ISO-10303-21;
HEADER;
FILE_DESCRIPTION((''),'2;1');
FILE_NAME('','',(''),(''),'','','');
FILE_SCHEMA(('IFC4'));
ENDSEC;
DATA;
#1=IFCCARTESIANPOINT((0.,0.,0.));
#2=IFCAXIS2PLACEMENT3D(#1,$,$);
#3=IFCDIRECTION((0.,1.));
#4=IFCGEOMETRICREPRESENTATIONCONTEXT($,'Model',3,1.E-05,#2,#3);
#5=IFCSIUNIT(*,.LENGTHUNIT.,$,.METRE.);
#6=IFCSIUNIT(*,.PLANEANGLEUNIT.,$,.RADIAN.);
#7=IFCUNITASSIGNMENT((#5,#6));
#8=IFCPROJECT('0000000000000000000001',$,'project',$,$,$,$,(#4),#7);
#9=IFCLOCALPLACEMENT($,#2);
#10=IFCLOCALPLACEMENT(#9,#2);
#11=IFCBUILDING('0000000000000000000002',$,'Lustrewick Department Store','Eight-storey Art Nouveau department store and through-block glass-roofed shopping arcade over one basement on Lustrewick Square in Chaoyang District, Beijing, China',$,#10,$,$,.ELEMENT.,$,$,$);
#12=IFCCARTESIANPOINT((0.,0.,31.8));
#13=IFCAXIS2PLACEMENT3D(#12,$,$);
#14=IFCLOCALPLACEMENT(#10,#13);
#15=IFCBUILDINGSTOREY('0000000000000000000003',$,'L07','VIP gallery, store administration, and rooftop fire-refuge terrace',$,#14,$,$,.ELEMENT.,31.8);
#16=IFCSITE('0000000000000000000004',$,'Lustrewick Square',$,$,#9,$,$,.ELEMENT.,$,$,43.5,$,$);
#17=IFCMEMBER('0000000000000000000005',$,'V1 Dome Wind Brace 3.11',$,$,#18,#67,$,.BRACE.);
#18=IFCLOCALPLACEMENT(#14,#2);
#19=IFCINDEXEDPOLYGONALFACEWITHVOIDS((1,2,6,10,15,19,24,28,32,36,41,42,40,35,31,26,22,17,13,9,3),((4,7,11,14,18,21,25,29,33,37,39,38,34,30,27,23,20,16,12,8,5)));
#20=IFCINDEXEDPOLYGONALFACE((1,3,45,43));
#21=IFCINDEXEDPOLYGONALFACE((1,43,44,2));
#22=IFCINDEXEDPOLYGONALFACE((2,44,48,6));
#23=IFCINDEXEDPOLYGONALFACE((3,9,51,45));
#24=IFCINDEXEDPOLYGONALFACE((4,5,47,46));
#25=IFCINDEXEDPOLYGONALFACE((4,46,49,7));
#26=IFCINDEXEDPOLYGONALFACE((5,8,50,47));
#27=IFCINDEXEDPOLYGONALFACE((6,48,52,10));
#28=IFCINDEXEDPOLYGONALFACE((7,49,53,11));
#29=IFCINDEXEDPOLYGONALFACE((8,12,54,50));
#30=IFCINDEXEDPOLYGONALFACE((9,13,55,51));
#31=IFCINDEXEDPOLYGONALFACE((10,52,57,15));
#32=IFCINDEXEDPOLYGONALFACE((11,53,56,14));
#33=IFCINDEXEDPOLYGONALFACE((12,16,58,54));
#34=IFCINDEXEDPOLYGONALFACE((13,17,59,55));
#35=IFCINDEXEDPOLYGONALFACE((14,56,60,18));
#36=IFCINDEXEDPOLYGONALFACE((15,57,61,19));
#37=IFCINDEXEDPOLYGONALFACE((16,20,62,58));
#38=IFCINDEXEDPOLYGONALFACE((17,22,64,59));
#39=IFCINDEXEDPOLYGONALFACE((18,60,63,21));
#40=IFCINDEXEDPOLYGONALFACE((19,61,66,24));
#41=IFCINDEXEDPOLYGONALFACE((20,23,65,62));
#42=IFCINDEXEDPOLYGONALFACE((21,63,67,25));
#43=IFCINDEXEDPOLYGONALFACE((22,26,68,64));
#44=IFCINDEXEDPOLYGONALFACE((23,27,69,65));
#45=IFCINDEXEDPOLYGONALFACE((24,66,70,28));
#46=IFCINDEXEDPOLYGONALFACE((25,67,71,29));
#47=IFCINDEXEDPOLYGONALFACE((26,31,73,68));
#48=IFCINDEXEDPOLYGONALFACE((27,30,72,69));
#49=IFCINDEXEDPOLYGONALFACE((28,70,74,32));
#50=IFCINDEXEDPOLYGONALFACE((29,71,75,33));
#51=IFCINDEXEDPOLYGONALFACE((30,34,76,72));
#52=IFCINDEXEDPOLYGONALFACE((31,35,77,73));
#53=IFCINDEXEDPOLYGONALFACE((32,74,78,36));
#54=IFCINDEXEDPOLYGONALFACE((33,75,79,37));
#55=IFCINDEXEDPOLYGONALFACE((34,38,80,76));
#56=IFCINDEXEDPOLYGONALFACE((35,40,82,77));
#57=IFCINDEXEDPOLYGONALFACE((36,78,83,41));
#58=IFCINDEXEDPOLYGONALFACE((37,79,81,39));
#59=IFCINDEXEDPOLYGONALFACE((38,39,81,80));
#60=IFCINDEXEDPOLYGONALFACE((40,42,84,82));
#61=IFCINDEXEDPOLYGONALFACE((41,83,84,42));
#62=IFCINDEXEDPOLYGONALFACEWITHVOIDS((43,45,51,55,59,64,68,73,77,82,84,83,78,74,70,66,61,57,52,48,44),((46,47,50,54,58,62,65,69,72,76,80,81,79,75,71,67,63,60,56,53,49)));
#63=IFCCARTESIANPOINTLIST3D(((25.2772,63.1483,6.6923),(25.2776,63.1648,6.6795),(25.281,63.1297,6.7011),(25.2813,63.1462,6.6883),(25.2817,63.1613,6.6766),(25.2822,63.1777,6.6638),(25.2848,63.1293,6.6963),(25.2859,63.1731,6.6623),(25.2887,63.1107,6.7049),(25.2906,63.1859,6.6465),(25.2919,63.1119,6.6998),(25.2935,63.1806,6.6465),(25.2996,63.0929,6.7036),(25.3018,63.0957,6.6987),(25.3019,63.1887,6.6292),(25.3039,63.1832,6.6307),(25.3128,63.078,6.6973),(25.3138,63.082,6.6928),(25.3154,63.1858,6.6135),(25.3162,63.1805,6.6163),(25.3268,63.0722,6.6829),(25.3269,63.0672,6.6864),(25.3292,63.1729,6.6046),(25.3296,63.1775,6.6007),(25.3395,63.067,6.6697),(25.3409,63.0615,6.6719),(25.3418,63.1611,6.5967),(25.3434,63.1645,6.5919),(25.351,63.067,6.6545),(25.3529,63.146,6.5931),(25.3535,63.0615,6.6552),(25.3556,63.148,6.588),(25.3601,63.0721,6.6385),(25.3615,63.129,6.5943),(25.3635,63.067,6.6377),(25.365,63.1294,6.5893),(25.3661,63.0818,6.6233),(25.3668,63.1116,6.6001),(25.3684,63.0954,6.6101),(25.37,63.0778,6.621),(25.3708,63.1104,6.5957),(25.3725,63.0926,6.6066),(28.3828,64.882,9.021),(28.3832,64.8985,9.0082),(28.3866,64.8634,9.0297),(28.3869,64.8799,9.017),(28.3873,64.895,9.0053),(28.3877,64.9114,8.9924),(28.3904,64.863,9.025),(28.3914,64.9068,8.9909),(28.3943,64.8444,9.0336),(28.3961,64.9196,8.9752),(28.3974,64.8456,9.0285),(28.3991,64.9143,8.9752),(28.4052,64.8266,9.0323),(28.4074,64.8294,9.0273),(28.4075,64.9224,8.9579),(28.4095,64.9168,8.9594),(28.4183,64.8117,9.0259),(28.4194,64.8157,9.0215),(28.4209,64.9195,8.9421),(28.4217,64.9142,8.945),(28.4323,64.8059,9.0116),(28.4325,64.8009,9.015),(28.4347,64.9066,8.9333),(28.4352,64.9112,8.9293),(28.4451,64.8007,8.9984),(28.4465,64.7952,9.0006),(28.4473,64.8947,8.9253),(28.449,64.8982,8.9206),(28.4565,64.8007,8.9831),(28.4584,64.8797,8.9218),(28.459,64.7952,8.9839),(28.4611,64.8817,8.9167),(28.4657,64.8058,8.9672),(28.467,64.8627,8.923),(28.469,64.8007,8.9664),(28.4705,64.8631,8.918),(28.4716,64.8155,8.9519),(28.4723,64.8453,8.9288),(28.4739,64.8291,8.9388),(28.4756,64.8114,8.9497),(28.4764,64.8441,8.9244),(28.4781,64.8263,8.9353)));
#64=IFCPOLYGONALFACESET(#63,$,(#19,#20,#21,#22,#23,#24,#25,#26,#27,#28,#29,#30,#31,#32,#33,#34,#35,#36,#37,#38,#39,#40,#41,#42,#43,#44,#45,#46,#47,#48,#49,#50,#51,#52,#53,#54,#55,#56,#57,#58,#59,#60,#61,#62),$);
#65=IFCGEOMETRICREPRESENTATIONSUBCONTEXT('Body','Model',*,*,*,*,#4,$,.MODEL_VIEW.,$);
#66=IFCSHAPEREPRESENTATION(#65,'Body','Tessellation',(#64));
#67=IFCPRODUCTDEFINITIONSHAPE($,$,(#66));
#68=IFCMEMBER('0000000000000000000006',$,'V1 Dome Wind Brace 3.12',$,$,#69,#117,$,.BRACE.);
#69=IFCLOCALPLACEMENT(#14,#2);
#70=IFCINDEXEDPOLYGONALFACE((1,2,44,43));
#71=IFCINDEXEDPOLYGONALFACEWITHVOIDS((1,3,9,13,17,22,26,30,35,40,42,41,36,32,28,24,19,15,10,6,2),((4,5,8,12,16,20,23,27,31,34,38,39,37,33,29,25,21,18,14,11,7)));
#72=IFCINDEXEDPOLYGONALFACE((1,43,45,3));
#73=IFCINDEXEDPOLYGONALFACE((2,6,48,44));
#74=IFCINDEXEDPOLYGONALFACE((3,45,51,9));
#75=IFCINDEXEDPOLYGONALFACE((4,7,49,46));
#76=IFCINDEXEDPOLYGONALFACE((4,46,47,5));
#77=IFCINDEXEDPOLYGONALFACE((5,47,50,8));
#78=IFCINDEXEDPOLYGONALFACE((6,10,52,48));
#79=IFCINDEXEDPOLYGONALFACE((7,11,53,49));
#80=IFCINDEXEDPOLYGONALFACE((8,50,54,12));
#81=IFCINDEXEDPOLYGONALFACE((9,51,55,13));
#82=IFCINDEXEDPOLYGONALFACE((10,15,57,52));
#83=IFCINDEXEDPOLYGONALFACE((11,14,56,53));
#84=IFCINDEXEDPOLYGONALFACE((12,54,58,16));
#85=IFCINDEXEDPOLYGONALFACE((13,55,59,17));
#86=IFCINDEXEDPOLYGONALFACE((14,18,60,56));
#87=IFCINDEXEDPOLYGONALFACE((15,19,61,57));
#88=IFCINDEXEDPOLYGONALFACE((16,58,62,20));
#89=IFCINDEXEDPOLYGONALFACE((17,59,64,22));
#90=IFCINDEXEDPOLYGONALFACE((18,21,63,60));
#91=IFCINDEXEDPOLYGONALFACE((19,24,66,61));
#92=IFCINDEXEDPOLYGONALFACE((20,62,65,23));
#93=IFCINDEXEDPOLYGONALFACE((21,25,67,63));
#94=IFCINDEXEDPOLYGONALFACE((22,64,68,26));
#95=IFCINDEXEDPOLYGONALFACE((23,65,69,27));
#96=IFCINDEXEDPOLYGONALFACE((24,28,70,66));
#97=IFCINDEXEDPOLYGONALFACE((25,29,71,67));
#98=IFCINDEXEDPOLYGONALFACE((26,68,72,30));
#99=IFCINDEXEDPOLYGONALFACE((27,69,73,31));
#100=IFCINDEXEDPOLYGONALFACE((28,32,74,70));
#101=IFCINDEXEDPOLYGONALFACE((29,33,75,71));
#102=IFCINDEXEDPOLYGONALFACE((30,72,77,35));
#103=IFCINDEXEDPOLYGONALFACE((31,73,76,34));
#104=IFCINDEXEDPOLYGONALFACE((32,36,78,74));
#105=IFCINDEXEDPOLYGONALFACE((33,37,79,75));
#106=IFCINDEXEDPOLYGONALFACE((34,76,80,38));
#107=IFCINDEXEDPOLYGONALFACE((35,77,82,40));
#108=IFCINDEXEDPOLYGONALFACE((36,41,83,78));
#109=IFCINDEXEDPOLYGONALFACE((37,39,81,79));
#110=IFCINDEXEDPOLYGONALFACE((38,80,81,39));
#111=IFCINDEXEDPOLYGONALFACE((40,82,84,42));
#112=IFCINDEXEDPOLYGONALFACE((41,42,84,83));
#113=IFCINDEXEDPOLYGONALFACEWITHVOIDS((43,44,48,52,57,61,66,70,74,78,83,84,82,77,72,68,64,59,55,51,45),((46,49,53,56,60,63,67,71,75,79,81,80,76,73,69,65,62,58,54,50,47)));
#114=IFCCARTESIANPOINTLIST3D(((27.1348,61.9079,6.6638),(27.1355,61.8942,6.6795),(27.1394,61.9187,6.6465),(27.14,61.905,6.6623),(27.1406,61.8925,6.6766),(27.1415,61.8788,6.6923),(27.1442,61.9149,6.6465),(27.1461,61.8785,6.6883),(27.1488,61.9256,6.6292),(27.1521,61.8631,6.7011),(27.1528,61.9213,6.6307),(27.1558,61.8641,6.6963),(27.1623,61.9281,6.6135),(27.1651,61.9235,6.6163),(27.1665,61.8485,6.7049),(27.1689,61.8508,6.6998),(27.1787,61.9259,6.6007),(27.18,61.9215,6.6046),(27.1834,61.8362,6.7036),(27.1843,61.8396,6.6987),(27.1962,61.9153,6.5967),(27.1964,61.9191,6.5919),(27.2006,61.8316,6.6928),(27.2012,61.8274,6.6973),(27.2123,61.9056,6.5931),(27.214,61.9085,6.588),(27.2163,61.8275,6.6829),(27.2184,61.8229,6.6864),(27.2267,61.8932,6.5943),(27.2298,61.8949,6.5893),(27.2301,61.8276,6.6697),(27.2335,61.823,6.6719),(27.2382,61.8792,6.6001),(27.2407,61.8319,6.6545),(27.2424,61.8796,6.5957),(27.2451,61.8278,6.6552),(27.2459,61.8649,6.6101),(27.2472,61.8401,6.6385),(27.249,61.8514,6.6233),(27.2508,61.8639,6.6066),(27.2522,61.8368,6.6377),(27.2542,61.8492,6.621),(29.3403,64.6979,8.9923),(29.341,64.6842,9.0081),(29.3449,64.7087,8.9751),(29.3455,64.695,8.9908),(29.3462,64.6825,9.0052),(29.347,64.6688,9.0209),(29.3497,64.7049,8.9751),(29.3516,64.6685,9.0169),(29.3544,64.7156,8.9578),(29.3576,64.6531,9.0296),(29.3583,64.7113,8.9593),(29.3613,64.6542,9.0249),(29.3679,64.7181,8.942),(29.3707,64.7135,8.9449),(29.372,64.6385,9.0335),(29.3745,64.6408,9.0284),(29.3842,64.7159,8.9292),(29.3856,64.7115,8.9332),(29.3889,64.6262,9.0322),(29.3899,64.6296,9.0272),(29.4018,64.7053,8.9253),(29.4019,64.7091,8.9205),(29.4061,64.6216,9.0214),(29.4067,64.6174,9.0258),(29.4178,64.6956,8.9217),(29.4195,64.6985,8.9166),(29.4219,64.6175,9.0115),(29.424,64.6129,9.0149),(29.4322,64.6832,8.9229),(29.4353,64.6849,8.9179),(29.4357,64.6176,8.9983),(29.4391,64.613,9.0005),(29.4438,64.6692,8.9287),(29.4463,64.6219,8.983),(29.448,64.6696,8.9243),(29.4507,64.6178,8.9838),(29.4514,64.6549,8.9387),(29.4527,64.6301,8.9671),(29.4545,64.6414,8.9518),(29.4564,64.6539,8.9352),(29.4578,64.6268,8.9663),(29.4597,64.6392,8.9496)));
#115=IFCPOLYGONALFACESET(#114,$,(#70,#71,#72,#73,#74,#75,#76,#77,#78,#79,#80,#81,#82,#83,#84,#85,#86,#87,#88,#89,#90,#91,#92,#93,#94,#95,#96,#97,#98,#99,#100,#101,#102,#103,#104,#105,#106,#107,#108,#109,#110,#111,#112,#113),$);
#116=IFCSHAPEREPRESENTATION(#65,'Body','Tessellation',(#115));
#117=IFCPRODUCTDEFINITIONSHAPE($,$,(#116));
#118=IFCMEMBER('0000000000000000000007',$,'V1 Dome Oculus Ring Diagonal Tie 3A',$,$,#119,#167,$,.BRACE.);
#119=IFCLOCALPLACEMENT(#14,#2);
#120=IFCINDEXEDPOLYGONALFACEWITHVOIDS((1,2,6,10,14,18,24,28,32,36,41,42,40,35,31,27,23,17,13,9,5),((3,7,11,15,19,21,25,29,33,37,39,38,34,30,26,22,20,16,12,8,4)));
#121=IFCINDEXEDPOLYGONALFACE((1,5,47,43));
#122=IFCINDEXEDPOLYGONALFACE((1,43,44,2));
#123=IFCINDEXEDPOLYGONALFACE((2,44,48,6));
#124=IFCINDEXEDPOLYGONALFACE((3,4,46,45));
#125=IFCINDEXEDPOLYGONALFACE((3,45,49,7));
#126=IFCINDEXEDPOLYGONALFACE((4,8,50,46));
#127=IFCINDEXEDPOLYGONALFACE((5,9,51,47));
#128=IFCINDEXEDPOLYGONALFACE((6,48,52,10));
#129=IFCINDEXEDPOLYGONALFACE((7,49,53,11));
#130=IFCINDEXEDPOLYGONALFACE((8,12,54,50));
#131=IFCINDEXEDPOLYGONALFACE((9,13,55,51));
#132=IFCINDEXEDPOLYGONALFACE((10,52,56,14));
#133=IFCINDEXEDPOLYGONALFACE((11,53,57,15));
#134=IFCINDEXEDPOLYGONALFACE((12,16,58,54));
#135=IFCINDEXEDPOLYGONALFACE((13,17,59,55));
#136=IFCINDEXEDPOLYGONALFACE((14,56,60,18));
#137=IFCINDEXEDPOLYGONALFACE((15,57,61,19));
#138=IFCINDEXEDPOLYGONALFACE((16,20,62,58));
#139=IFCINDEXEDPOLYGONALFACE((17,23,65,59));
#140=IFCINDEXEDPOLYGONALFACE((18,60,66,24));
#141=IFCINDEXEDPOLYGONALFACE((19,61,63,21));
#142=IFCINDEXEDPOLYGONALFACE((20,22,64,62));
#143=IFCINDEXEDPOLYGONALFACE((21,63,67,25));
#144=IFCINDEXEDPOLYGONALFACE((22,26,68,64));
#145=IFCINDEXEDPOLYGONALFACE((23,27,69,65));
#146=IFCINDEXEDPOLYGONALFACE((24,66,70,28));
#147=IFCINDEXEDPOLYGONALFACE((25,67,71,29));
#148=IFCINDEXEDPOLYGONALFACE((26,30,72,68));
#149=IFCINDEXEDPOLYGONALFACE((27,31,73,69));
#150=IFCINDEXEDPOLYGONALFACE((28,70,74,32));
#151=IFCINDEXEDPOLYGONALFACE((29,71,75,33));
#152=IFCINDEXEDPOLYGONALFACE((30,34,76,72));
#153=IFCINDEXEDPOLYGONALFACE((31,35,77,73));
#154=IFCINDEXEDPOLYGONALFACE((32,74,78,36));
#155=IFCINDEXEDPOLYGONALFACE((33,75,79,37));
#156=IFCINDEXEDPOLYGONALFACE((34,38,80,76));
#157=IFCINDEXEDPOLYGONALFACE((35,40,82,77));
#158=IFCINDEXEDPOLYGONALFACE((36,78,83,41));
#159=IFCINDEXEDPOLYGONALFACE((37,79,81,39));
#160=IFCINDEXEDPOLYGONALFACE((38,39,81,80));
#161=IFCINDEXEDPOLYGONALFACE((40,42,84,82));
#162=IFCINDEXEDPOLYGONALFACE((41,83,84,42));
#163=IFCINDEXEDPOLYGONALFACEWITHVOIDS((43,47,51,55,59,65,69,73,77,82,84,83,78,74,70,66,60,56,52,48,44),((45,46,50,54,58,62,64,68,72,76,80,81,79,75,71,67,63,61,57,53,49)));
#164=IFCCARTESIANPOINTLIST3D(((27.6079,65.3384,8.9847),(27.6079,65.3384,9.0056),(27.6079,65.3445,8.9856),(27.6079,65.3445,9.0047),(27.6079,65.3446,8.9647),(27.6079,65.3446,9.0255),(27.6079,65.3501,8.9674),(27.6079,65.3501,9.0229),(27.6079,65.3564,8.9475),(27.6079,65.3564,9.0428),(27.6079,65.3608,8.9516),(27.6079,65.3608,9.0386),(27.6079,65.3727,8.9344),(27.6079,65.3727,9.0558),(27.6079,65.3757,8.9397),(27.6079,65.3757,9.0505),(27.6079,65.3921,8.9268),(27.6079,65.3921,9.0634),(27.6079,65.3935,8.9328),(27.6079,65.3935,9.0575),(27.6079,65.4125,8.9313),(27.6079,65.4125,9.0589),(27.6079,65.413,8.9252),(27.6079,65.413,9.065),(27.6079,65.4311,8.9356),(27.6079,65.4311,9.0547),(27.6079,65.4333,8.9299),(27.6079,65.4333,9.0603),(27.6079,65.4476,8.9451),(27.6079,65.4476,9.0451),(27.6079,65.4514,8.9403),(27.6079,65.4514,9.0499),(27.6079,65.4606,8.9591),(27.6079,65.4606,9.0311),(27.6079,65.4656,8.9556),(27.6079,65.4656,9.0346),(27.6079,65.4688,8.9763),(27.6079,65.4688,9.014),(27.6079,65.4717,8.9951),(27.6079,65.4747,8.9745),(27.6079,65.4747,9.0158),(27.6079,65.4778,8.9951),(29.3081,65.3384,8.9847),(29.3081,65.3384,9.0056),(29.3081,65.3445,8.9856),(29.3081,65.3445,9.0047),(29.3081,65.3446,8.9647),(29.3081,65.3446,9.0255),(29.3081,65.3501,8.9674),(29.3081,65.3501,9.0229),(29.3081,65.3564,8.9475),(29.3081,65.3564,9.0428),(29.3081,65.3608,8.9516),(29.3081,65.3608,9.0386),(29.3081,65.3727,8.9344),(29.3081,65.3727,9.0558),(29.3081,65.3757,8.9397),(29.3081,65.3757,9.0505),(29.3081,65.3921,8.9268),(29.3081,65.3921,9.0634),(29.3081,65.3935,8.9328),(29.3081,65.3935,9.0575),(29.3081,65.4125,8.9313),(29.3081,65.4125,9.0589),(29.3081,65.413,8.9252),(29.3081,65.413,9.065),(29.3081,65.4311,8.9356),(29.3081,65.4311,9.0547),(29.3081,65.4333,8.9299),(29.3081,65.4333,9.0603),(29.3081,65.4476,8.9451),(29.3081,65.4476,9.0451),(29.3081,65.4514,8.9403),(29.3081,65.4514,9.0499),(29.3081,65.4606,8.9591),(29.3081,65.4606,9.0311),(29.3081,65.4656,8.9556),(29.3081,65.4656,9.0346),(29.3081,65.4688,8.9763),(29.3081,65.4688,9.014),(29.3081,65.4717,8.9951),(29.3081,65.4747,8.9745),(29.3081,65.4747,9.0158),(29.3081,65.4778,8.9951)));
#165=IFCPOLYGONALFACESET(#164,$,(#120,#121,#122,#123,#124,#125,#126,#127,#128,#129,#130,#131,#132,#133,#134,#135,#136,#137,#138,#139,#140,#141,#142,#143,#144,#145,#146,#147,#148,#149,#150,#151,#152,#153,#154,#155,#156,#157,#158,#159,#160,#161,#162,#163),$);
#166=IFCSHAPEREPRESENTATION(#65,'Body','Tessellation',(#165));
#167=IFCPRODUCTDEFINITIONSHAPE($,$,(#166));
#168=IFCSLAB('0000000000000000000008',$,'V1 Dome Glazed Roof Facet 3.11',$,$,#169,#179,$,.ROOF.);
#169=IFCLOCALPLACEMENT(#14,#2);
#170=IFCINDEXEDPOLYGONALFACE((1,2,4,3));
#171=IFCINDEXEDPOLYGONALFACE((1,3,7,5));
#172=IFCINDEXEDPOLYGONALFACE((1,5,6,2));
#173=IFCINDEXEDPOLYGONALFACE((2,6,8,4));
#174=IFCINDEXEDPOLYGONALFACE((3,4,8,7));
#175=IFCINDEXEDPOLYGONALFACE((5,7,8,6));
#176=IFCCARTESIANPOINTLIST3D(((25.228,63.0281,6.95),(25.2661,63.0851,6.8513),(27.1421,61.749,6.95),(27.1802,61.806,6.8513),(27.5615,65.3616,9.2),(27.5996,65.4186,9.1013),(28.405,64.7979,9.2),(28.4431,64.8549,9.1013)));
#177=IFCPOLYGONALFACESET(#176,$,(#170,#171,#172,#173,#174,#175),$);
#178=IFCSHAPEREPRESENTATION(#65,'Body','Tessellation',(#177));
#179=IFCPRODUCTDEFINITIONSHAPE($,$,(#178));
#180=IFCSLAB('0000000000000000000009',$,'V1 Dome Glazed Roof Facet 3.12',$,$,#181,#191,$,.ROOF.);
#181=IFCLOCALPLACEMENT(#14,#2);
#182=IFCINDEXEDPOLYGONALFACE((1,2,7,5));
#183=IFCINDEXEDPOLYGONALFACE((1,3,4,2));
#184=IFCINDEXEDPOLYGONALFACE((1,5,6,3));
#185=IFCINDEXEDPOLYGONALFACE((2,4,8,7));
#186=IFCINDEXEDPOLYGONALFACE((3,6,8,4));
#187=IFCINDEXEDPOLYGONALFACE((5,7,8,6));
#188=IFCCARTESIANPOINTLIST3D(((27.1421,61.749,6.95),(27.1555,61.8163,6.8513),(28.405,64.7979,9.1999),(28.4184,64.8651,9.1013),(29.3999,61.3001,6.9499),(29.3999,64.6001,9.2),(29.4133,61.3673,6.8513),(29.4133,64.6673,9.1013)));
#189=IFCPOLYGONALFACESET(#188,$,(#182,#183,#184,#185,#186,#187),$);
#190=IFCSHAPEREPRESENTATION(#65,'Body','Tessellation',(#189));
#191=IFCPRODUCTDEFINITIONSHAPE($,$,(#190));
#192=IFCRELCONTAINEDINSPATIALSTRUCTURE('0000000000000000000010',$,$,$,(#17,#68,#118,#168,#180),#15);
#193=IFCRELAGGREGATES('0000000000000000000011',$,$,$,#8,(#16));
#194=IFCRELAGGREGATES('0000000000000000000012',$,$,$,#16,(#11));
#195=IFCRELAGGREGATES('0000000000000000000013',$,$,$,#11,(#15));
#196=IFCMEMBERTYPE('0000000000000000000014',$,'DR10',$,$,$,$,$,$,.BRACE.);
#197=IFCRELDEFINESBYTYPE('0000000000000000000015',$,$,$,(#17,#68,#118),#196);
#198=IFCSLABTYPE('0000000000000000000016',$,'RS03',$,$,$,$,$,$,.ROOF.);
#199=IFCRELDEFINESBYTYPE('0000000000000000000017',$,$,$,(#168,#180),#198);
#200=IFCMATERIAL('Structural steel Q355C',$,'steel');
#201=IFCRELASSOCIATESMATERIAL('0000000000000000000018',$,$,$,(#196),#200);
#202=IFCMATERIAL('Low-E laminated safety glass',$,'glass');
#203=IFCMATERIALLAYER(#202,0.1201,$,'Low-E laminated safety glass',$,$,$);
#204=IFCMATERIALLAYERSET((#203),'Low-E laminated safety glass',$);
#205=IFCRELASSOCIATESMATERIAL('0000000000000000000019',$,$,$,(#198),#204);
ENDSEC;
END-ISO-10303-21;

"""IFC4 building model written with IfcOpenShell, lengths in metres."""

from ifc_helpers import new_model, si_unit, direction, frame, origin, origin_2d, place, context, subcontext, project, spatial, polyline, hollow_circle, outline, extrude, material, layer, layer_set, material_profile, profile_set, type_object, element, save


model = new_model("IFC4")

# Units and contexts
model_context = context("Model", 3, precision=1e-05, world=origin(), true_north=direction((0.0, 1.0)))
body_context = subcontext(model_context, "Body", "Model", "MODEL_VIEW")
ifc_project = project(units=[si_unit("LENGTHUNIT", "METRE"), si_unit("PLANEANGLEUNIT", "RADIAN")], contexts=[model_context])

# Site, building, storey
site_placement = place(None, origin())
site = spatial("IfcSite", under=ifc_project, at=site_placement, Name="Lustrewick Square", CompositionType="ELEMENT", RefElevation=43.5)
building_placement = place(site_placement, origin())
building = spatial("IfcBuilding", under=site, at=building_placement, Name="Lustrewick Department Store", Description="Eight-storey Art Nouveau department store and through-block glass-roofed shopping arcade over one basement on Lustrewick Square in Chaoyang District, Beijing, China", CompositionType="ELEMENT")
storey_placement = place(building_placement, frame((0.0, 0.0, 31.8)))
storey = spatial("IfcBuildingStorey", under=building, at=storey_placement, Name="L07", Description="VIP gallery, store administration, and rooftop fire-refuge terrace", CompositionType="ELEMENT", Elevation=31.8)

# Members
ifc_material_1 = material(Name="Structural steel Q355C", Category="steel")
ifc_material_profile_1 = material_profile(ifc_material_1, hollow_circle(Radius=0.0701, WallThickness=0.0061, at=origin_2d()), Name="CHS 140x6")
ifc_profile_set_1 = profile_set([ifc_material_profile_1], Name="Structural steel Q355C")
member_type_1 = type_object("IfcMemberType", Name="DR10", PredefinedType="BRACE", material=ifc_profile_set_1)
member_1_placement = place(storey_placement, frame((25.3247, 63.1248, 6.6465), z_axis=(0.730509, 0.40781, 0.547767), x_axis=(-0.487443, 0.873155, 0.0)))
element("IfcMember", 1, at=member_1_placement, inside=storey, type_object=member_type_1, Name="V1 Dome Wind Brace 3.11", PredefinedType="BRACE", context=body_context, shape_type="SweptSolid", body=[
    extrude(hollow_circle(Radius=0.0701, WallThickness=0.0061, at=origin_2d()), origin(), (0.0, 0.0, 1.0), 4.2512),
])
member_2_placement = place(storey_placement, frame((27.1943, 61.8752, 6.6465), z_axis=(0.518831, 0.65632, 0.547776), x_axis=(-0.784485, 0.620147, 0.0)))
element("IfcMember", 2, at=member_2_placement, inside=storey, type_object=member_type_1, Name="V1 Dome Wind Brace 3.12", PredefinedType="BRACE", context=body_context, shape_type="SweptSolid", body=[
    extrude(hollow_circle(Radius=0.0701, WallThickness=0.0061, at=origin_2d()), origin(), (0.0, 0.0, 1.0), 4.251),
])
member_3_placement = place(storey_placement, frame((27.6079, 65.4077, 8.9951), z_axis=(1.0, 0.0, 0.0), x_axis=(0.0, 1.0, 0.0)))
element("IfcMember", 3, at=member_3_placement, inside=storey, type_object=member_type_1, Name="V1 Dome Oculus Ring Diagonal Tie 3A", PredefinedType="BRACE", context=body_context, shape_type="SweptSolid", body=[
    extrude(hollow_circle(Radius=0.0701, WallThickness=0.0061, at=origin_2d()), origin(), (0.0, 0.0, 1.0), 1.7002),
])

# Slabs
ifc_material_2 = material(Name="Low-E laminated safety glass", Category="glass")
ifc_layer = layer(ifc_material_2, 0.1201, Name="Low-E laminated safety glass")
ifc_layer_set = layer_set([ifc_layer], Name="Low-E laminated safety glass")
slab_type = type_object("IfcSlabType", Name="RS03", PredefinedType="ROOF", material=ifc_layer_set)
slab_1_placement = place(storey_placement, frame((25.228, 63.0281, 6.95), z_axis=(-0.317143, -0.474579, 0.821094), x_axis=(0.831444, -0.555609, 0.000007)))
element("IfcSlab", 4, at=slab_1_placement, inside=storey, type_object=slab_type, Name="V1 Dome Glazed Roof Facet 3.11", PredefinedType="ROOF", context=body_context, shape_type="SweptSolid", body=[
    extrude(outline(polyline([(0.0, 0.0), (2.3021, 0.0), (1.6582, 3.9419), (0.6437, 3.9419), (0.0, 0.0)])), origin(), (0.0, 0.0, -1.0), 0.1201),
])
slab_2_placement = place(storey_placement, frame((27.1421, 61.749, 6.95), z_axis=(-0.111312, -0.559837, 0.821092), x_axis=(0.980798, -0.195027, -0.000011)))
element("IfcSlab", 5, at=slab_2_placement, inside=storey, type_object=slab_type, Name="V1 Dome Glazed Roof Facet 3.12", PredefinedType="ROOF", context=body_context, shape_type="SweptSolid", body=[
    extrude(outline(polyline([(0.0, 0.0), (2.302, 0.0), (1.6584, 3.9419), (0.6441, 3.9418), (0.0, 0.0)])), origin(), (0.0, 0.0, -1.0), 0.1201),
])

save(model, "model.ifc")
